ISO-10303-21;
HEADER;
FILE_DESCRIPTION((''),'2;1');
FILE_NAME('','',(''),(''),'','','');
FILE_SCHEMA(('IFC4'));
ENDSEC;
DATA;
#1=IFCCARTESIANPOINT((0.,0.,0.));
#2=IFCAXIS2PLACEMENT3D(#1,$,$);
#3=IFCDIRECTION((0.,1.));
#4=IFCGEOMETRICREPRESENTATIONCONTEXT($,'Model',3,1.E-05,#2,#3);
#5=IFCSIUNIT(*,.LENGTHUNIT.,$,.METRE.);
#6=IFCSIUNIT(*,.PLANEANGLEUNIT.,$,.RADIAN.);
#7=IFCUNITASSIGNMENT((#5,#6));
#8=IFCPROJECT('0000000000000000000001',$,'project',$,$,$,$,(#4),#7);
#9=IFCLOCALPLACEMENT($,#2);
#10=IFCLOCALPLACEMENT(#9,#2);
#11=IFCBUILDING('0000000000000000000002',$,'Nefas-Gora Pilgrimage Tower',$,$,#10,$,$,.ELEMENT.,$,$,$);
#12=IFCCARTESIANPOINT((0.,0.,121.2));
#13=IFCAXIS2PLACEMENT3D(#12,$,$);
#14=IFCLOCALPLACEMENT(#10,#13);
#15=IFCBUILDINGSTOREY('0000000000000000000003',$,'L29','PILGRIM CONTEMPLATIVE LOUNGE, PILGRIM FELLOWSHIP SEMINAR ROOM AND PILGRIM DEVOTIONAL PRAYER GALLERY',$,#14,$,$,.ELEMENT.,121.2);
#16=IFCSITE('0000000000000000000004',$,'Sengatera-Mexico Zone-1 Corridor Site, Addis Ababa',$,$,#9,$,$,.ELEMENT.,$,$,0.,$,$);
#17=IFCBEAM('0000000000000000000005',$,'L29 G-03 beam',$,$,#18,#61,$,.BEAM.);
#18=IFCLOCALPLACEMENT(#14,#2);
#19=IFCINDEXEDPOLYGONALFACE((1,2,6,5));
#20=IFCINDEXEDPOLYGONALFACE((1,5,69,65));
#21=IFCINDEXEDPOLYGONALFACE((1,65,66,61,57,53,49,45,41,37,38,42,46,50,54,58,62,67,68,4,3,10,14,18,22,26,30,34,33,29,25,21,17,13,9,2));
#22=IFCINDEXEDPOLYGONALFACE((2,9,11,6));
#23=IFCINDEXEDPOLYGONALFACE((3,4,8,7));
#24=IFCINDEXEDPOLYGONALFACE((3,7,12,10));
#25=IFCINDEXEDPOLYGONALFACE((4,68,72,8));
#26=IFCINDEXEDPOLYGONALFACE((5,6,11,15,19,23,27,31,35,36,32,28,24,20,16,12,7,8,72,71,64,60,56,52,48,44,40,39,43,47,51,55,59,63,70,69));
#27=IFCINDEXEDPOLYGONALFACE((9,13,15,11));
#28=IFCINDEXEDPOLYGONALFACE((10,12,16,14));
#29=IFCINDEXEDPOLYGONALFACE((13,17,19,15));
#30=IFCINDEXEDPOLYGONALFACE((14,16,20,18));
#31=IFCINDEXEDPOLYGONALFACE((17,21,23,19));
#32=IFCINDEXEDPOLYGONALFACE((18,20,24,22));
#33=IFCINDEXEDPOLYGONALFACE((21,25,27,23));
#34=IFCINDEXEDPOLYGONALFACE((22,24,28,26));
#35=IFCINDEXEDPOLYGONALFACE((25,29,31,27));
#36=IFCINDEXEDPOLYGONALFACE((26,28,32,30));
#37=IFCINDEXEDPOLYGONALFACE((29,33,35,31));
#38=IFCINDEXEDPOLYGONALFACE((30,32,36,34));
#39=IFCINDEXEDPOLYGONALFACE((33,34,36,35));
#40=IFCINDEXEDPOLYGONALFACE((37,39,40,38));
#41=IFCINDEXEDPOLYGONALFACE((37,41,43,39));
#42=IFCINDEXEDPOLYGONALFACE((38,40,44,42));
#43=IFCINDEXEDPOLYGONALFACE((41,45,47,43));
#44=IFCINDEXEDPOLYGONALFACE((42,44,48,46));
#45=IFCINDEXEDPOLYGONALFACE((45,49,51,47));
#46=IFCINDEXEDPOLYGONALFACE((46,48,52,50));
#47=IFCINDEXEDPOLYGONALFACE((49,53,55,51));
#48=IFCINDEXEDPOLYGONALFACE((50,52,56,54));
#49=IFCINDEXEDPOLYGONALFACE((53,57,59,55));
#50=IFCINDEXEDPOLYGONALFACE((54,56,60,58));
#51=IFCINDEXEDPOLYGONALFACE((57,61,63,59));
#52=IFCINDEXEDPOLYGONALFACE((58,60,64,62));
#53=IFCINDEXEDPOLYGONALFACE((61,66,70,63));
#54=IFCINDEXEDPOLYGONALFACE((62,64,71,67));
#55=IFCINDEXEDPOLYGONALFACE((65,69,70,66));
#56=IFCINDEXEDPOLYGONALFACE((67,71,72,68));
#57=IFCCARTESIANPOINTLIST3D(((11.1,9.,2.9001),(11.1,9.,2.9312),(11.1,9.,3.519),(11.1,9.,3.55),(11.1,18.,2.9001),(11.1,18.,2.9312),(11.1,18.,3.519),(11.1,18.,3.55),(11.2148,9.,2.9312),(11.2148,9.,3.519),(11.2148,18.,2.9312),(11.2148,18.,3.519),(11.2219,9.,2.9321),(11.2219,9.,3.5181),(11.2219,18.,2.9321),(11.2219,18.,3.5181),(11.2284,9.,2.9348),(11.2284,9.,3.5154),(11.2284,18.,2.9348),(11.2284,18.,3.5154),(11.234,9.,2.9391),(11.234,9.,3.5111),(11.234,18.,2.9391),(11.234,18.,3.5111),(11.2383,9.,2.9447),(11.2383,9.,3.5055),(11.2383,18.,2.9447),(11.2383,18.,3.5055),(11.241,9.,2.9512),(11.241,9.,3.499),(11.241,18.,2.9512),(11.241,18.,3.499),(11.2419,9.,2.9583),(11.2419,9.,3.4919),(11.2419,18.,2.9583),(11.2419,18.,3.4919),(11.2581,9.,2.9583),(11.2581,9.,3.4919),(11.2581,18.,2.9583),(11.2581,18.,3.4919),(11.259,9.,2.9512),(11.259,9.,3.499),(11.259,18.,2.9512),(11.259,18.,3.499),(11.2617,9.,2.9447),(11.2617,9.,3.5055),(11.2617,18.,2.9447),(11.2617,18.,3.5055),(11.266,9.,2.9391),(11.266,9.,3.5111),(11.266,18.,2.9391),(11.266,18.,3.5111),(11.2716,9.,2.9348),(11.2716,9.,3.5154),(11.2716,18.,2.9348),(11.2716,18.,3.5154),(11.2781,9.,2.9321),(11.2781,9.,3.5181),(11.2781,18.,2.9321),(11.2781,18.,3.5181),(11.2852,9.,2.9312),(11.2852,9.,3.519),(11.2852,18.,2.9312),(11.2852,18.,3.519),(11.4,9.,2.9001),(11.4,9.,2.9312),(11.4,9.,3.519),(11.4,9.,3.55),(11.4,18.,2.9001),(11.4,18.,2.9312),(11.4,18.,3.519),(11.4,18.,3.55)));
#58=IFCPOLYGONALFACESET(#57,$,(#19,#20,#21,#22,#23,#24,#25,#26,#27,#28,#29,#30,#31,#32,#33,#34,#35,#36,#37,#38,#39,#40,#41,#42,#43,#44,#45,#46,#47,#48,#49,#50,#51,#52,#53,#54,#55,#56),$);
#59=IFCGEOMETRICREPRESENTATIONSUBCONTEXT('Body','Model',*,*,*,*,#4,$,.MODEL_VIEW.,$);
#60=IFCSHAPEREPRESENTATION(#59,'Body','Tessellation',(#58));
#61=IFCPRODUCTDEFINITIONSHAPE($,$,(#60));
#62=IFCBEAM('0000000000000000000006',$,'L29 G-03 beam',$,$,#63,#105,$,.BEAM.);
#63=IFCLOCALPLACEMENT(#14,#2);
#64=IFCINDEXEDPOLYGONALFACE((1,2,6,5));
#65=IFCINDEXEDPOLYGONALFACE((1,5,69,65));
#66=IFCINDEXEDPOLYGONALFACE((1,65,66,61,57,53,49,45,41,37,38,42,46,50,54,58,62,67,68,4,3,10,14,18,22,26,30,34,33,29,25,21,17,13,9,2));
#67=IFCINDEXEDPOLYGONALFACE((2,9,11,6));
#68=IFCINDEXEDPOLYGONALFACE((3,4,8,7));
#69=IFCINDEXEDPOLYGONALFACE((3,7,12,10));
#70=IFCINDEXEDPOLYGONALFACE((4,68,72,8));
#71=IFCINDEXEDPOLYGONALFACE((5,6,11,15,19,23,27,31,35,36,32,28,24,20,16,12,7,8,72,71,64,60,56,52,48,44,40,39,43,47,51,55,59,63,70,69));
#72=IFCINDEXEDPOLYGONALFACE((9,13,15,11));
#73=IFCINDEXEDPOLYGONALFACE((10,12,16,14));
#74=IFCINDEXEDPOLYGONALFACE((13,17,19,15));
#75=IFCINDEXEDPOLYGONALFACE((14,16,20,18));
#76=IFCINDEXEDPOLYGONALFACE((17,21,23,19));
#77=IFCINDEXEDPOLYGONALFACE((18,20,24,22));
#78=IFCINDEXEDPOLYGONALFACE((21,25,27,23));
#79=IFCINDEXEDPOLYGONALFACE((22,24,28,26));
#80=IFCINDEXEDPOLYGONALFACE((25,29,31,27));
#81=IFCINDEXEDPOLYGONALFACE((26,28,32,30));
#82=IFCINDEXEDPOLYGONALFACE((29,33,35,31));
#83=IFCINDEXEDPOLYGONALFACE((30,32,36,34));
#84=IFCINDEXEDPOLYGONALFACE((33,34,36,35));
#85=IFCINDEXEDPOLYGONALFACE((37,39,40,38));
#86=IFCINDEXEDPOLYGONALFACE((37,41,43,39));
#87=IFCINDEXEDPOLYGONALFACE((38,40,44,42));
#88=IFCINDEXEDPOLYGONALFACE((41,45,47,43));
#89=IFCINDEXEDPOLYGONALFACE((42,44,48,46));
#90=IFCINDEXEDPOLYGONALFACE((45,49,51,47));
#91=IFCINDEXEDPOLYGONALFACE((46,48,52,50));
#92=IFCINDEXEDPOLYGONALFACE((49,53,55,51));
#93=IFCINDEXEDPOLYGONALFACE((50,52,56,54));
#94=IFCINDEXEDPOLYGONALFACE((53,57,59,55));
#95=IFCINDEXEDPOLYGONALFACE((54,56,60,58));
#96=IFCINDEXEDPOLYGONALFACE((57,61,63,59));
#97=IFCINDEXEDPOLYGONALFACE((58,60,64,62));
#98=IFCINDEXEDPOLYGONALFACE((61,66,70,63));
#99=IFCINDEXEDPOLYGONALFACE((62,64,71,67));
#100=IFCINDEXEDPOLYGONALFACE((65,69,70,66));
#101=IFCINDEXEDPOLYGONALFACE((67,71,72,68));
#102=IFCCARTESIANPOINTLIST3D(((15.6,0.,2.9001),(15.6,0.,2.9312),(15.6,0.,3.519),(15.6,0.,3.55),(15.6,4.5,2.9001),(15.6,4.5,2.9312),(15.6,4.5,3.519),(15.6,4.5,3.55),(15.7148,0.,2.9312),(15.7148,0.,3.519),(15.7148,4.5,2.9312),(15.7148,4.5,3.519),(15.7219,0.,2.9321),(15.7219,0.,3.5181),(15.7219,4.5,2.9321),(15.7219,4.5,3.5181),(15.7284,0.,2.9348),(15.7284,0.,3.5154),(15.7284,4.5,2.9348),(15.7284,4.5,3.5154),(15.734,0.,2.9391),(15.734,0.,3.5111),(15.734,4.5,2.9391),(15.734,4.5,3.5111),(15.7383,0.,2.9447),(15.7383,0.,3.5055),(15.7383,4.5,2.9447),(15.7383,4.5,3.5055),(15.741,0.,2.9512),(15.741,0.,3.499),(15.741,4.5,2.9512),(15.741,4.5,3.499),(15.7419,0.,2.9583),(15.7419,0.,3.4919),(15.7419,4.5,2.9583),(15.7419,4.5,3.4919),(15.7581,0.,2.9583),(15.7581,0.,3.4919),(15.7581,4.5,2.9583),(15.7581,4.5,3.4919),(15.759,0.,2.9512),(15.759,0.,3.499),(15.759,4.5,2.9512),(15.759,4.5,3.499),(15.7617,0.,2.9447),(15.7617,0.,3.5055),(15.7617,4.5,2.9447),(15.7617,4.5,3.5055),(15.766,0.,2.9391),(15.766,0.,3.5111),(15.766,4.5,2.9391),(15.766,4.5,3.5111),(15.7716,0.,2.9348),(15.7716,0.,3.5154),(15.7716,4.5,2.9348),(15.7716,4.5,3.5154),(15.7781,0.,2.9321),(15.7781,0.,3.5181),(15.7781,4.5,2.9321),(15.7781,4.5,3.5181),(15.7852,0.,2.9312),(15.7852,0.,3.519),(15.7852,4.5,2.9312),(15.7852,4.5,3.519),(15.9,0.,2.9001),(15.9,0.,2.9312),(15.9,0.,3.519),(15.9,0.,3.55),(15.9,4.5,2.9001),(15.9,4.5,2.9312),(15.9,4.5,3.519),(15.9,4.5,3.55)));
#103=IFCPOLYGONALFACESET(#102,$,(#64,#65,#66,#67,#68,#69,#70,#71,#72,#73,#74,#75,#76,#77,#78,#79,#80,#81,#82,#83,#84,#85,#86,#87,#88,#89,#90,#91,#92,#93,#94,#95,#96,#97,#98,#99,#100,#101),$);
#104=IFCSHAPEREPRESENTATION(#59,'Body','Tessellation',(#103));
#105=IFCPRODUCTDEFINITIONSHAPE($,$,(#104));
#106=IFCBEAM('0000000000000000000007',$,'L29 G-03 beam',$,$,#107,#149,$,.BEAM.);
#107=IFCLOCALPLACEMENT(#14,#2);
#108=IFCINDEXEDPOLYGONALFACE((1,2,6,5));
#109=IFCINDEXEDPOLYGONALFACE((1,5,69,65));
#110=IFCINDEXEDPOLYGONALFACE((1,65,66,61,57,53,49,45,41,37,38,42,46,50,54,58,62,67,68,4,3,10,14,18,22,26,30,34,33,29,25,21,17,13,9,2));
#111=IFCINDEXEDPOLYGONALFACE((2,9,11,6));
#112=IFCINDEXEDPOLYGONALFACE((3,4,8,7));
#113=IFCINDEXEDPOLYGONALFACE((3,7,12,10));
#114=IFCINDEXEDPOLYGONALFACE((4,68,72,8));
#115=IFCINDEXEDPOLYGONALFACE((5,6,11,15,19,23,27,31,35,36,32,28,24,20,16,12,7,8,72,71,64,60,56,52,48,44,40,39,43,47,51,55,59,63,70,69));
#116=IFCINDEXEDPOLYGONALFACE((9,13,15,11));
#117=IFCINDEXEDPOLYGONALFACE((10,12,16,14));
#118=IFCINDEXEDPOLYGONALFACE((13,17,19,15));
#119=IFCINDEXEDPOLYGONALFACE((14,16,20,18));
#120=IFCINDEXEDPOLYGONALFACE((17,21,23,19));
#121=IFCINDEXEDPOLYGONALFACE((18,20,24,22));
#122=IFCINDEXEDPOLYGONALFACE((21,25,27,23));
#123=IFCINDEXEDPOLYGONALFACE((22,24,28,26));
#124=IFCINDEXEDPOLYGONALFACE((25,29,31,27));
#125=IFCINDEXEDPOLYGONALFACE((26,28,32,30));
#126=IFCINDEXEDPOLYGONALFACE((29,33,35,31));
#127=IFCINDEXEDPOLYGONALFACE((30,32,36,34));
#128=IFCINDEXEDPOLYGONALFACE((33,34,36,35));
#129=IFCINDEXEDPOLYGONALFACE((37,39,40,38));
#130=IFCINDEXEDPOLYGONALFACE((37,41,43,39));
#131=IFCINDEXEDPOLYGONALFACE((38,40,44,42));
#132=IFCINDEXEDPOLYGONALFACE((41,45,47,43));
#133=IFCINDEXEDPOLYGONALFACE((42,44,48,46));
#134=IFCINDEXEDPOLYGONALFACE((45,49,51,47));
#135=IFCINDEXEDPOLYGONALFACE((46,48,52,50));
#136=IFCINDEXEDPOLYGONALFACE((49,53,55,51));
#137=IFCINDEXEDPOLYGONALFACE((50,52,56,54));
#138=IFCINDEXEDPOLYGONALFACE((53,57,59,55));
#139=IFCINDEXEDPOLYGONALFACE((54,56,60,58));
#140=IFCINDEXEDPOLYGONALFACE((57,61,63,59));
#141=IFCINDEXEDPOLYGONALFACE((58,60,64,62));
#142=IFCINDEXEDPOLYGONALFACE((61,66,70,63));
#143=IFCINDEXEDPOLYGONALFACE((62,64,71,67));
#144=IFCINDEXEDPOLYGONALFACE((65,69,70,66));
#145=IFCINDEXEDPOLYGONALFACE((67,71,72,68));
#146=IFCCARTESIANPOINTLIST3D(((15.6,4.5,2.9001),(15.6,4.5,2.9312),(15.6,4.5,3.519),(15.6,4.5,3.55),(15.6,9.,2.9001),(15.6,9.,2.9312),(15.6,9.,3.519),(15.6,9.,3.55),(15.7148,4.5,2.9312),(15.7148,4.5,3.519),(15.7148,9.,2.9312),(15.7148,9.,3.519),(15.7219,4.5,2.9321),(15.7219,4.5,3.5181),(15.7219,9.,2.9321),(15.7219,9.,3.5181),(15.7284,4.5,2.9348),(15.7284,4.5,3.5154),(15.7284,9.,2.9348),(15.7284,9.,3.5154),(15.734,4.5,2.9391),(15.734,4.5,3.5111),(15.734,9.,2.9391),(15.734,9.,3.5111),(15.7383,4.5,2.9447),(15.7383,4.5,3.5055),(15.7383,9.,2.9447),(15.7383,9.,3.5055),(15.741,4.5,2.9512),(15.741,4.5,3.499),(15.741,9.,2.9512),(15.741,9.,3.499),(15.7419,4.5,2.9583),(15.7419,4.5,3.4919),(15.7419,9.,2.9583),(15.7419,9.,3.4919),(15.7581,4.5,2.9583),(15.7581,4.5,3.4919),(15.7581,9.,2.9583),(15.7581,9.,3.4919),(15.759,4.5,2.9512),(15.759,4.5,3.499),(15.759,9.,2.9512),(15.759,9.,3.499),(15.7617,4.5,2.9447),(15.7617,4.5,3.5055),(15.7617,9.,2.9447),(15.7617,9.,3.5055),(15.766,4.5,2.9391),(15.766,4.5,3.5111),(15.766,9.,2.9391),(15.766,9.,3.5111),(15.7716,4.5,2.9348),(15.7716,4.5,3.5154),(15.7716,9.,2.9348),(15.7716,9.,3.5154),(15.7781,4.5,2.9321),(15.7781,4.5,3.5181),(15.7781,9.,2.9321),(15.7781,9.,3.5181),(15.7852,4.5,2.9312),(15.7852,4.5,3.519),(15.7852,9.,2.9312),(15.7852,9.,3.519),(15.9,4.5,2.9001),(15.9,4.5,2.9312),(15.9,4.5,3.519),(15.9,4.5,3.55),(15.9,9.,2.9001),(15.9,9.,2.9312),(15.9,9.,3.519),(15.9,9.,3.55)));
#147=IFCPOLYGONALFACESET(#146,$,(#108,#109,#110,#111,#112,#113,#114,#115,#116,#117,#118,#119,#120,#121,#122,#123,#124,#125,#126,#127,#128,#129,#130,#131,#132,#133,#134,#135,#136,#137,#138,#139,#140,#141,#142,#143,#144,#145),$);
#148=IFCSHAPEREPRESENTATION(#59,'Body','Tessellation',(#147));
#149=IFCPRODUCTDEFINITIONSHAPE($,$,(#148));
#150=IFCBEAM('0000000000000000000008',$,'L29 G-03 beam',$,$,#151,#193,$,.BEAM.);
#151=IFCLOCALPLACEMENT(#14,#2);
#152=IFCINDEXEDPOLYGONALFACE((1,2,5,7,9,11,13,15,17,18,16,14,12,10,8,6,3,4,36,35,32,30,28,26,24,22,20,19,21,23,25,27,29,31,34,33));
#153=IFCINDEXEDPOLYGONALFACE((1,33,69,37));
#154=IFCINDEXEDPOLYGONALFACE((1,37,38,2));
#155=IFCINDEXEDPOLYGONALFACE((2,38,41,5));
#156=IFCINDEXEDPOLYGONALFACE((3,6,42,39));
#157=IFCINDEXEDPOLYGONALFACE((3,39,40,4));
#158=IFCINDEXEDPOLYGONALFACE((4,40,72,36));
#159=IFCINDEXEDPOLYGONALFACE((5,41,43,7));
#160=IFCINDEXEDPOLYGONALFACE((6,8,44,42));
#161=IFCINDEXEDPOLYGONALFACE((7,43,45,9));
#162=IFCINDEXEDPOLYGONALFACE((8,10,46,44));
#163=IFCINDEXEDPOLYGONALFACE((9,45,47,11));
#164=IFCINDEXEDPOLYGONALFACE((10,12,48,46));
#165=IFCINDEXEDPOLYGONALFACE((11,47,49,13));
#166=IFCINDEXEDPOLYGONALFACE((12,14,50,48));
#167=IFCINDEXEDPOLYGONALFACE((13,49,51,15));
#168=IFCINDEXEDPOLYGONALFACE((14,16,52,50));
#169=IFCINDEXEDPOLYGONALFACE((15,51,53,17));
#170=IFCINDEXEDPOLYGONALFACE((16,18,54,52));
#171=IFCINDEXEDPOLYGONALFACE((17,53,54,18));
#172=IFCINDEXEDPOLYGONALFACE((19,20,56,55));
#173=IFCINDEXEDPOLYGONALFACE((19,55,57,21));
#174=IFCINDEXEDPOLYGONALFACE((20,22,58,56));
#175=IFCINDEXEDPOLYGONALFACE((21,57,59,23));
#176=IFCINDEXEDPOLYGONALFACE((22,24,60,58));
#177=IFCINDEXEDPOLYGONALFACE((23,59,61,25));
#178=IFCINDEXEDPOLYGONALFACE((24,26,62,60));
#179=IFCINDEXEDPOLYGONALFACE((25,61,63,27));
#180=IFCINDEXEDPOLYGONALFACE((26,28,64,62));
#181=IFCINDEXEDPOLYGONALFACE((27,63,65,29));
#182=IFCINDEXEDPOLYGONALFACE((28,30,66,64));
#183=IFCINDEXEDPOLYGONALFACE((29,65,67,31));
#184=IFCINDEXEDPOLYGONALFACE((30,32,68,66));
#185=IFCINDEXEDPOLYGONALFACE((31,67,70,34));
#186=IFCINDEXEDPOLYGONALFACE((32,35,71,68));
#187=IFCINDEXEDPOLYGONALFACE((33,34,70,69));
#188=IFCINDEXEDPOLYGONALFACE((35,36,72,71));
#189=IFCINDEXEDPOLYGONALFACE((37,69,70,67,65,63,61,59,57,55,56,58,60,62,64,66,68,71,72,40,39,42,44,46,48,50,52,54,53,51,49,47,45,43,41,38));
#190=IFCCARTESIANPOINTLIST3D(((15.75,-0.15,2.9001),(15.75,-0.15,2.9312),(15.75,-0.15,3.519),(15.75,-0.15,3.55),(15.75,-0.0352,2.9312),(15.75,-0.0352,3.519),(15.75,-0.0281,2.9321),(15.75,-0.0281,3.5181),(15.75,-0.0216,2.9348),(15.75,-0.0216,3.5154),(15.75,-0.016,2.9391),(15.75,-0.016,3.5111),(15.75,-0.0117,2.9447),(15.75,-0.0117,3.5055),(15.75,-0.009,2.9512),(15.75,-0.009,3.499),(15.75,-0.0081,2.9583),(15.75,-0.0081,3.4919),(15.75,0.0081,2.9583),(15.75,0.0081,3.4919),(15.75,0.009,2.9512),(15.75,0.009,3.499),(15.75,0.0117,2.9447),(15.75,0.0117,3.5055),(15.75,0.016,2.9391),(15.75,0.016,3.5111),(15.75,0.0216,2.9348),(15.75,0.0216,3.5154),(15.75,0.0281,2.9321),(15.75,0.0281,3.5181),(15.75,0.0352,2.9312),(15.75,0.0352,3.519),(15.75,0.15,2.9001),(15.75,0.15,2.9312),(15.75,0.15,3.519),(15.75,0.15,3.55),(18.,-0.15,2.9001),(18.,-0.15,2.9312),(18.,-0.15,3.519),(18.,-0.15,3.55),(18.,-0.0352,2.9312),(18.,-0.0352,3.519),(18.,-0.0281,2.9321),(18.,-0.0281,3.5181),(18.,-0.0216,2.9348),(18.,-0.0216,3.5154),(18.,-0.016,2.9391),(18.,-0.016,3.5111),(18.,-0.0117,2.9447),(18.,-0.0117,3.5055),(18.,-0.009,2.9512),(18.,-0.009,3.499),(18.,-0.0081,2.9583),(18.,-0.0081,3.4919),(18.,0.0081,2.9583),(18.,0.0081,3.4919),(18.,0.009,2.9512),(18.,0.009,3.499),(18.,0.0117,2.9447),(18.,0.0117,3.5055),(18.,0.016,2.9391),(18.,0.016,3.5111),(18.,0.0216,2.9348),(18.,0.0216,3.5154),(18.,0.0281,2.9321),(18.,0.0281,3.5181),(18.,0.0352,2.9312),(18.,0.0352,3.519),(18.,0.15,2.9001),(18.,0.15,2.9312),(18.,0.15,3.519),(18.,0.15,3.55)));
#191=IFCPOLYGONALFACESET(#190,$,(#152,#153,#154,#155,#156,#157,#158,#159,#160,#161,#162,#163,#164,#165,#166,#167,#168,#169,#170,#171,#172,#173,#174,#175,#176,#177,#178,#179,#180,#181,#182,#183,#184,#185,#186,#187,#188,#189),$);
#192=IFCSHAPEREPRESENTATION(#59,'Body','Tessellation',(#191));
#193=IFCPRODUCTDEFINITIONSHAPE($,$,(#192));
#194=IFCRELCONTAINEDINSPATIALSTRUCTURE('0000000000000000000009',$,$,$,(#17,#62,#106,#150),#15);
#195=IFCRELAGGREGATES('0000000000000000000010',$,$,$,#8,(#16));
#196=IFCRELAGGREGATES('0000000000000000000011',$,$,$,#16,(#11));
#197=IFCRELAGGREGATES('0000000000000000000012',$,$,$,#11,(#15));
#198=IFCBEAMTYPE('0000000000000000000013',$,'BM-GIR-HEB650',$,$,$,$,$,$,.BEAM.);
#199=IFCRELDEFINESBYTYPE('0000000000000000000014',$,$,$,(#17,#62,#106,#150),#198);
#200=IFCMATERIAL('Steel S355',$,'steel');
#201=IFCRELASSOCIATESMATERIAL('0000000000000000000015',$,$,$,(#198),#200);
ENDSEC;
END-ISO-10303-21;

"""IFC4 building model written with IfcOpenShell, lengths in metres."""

from ifc_helpers import new_model, si_unit, direction, frame, origin, origin_2d, place, context, subcontext, project, spatial, i_section, extrude, source, transform, mapped, material, material_profile, profile_set, type_object, element, save


model = new_model("IFC4")

# Units and contexts
model_context = context("Model", 3, precision=1e-05, world=origin(), true_north=direction((0.0, 1.0)))
body_context = subcontext(model_context, "Body", "Model", "MODEL_VIEW")
ifc_project = project(units=[si_unit("LENGTHUNIT", "METRE"), si_unit("PLANEANGLEUNIT", "RADIAN")], contexts=[model_context])

# Site, building, storey
site_placement = place(None, origin())
site = spatial("IfcSite", under=ifc_project, at=site_placement, Name="Sengatera-Mexico Zone-1 Corridor Site, Addis Ababa", CompositionType="ELEMENT", RefElevation=0.0)
building_placement = place(site_placement, origin())
building = spatial("IfcBuilding", under=site, at=building_placement, Name="Nefas-Gora Pilgrimage Tower", CompositionType="ELEMENT")
storey_placement = place(building_placement, frame((0.0, 0.0, 121.2)))
storey = spatial("IfcBuildingStorey", under=building, at=storey_placement, Name="L29", Description="PILGRIM CONTEMPLATIVE LOUNGE, PILGRIM FELLOWSHIP SEMINAR ROOM AND PILGRIM DEVOTIONAL PRAYER GALLERY", CompositionType="ELEMENT", Elevation=121.2)

# Beams
ifc_material_1 = material(Name="Steel S355", Category="steel")
ifc_material_profile_1 = material_profile(ifc_material_1, i_section(OverallWidth=0.3, OverallDepth=0.6499, WebThickness=0.0161, FlangeThickness=0.031, FilletRadius=0.0271, at=origin_2d()), Name="HEB 650")
ifc_profile_set_1 = profile_set([ifc_material_profile_1], Name="Steel S355")
beam_type = type_object("IfcBeamType", Name="BM-GIR-HEB650", PredefinedType="BEAM", material=ifc_profile_set_1)
shared_shape_1 = source(origin(), body_context, "Body", "SweptSolid", [
    extrude(i_section(OverallWidth=0.3, OverallDepth=0.6499, WebThickness=0.0161, FlangeThickness=0.031, FilletRadius=0.0271, at=origin_2d()), origin(), (0.0, 0.0, 1.0), 9.0),
])
beam_placement = place(storey_placement, frame((11.25, 9.0, 3.2251), z_axis=(0.0, 1.0, 0.0), x_axis=(-1.0, 0.0, 0.0)))
element("IfcBeam", 1, at=beam_placement, inside=storey, type_object=beam_type, Name="L29 G-03 beam", PredefinedType="BEAM", context=body_context, shape_type="MappedRepresentation", body=[
    mapped(shared_shape_1, transform((0.0, 0.0, 0.0), x_axis=(1.0, 0.0, 0.0), y_axis=(0.0, 1.0, 0.0), z_axis=(0.0, 0.0, 1.0), scale=1.0)),
])
shared_shape_2 = source(origin(), body_context, "Body", "SweptSolid", [
    extrude(i_section(OverallWidth=0.3, OverallDepth=0.6499, WebThickness=0.0161, FlangeThickness=0.031, FilletRadius=0.0271, at=origin_2d()), origin(), (0.0, 0.0, 1.0), 4.5),
])
for number, where, z_axis, x_axis, name in (
    (2, (15.75, 0.0, 3.2251), (0.0, 1.0, 0.0), (-1.0, 0.0, 0.0), "L29 G-03 beam"),
    (3, (15.75, 4.5, 3.2251), (0.0, 1.0, 0.0), (-1.0, 0.0, 0.0), "L29 G-03 beam"),
):
    element("IfcBeam", number, at=place(storey_placement, frame(where, z_axis=z_axis, x_axis=x_axis)), inside=storey, type_object=beam_type, Name=name, PredefinedType="BEAM", context=body_context, shape_type="MappedRepresentation", body=[
        mapped(shared_shape_2, transform((0.0, 0.0, 0.0), x_axis=(1.0, 0.0, 0.0), y_axis=(0.0, 1.0, 0.0), z_axis=(0.0, 0.0, 1.0), scale=1.0)),
    ])
shared_shape_3 = source(origin(), body_context, "Body", "SweptSolid", [
    extrude(i_section(OverallWidth=0.3, OverallDepth=0.6499, WebThickness=0.0161, FlangeThickness=0.031, FilletRadius=0.0271, at=origin_2d()), origin(), (0.0, 0.0, 1.0), 2.25),
])
for number, where, z_axis, x_axis, name in (
    (4, (15.75, 0.0, 3.2251), (1.0, 0.0, 0.0), (0.0, 1.0, 0.0), "L29 G-03 beam"),
):
    element("IfcBeam", number, at=place(storey_placement, frame(where, z_axis=z_axis, x_axis=x_axis)), inside=storey, type_object=beam_type, Name=name, PredefinedType="BEAM", context=body_context, shape_type="MappedRepresentation", body=[
        mapped(shared_shape_3, transform((0.0, 0.0, 0.0), x_axis=(1.0, 0.0, 0.0), y_axis=(0.0, 1.0, 0.0), z_axis=(0.0, 0.0, 1.0), scale=1.0)),
    ])

save(model, "model.ifc")
